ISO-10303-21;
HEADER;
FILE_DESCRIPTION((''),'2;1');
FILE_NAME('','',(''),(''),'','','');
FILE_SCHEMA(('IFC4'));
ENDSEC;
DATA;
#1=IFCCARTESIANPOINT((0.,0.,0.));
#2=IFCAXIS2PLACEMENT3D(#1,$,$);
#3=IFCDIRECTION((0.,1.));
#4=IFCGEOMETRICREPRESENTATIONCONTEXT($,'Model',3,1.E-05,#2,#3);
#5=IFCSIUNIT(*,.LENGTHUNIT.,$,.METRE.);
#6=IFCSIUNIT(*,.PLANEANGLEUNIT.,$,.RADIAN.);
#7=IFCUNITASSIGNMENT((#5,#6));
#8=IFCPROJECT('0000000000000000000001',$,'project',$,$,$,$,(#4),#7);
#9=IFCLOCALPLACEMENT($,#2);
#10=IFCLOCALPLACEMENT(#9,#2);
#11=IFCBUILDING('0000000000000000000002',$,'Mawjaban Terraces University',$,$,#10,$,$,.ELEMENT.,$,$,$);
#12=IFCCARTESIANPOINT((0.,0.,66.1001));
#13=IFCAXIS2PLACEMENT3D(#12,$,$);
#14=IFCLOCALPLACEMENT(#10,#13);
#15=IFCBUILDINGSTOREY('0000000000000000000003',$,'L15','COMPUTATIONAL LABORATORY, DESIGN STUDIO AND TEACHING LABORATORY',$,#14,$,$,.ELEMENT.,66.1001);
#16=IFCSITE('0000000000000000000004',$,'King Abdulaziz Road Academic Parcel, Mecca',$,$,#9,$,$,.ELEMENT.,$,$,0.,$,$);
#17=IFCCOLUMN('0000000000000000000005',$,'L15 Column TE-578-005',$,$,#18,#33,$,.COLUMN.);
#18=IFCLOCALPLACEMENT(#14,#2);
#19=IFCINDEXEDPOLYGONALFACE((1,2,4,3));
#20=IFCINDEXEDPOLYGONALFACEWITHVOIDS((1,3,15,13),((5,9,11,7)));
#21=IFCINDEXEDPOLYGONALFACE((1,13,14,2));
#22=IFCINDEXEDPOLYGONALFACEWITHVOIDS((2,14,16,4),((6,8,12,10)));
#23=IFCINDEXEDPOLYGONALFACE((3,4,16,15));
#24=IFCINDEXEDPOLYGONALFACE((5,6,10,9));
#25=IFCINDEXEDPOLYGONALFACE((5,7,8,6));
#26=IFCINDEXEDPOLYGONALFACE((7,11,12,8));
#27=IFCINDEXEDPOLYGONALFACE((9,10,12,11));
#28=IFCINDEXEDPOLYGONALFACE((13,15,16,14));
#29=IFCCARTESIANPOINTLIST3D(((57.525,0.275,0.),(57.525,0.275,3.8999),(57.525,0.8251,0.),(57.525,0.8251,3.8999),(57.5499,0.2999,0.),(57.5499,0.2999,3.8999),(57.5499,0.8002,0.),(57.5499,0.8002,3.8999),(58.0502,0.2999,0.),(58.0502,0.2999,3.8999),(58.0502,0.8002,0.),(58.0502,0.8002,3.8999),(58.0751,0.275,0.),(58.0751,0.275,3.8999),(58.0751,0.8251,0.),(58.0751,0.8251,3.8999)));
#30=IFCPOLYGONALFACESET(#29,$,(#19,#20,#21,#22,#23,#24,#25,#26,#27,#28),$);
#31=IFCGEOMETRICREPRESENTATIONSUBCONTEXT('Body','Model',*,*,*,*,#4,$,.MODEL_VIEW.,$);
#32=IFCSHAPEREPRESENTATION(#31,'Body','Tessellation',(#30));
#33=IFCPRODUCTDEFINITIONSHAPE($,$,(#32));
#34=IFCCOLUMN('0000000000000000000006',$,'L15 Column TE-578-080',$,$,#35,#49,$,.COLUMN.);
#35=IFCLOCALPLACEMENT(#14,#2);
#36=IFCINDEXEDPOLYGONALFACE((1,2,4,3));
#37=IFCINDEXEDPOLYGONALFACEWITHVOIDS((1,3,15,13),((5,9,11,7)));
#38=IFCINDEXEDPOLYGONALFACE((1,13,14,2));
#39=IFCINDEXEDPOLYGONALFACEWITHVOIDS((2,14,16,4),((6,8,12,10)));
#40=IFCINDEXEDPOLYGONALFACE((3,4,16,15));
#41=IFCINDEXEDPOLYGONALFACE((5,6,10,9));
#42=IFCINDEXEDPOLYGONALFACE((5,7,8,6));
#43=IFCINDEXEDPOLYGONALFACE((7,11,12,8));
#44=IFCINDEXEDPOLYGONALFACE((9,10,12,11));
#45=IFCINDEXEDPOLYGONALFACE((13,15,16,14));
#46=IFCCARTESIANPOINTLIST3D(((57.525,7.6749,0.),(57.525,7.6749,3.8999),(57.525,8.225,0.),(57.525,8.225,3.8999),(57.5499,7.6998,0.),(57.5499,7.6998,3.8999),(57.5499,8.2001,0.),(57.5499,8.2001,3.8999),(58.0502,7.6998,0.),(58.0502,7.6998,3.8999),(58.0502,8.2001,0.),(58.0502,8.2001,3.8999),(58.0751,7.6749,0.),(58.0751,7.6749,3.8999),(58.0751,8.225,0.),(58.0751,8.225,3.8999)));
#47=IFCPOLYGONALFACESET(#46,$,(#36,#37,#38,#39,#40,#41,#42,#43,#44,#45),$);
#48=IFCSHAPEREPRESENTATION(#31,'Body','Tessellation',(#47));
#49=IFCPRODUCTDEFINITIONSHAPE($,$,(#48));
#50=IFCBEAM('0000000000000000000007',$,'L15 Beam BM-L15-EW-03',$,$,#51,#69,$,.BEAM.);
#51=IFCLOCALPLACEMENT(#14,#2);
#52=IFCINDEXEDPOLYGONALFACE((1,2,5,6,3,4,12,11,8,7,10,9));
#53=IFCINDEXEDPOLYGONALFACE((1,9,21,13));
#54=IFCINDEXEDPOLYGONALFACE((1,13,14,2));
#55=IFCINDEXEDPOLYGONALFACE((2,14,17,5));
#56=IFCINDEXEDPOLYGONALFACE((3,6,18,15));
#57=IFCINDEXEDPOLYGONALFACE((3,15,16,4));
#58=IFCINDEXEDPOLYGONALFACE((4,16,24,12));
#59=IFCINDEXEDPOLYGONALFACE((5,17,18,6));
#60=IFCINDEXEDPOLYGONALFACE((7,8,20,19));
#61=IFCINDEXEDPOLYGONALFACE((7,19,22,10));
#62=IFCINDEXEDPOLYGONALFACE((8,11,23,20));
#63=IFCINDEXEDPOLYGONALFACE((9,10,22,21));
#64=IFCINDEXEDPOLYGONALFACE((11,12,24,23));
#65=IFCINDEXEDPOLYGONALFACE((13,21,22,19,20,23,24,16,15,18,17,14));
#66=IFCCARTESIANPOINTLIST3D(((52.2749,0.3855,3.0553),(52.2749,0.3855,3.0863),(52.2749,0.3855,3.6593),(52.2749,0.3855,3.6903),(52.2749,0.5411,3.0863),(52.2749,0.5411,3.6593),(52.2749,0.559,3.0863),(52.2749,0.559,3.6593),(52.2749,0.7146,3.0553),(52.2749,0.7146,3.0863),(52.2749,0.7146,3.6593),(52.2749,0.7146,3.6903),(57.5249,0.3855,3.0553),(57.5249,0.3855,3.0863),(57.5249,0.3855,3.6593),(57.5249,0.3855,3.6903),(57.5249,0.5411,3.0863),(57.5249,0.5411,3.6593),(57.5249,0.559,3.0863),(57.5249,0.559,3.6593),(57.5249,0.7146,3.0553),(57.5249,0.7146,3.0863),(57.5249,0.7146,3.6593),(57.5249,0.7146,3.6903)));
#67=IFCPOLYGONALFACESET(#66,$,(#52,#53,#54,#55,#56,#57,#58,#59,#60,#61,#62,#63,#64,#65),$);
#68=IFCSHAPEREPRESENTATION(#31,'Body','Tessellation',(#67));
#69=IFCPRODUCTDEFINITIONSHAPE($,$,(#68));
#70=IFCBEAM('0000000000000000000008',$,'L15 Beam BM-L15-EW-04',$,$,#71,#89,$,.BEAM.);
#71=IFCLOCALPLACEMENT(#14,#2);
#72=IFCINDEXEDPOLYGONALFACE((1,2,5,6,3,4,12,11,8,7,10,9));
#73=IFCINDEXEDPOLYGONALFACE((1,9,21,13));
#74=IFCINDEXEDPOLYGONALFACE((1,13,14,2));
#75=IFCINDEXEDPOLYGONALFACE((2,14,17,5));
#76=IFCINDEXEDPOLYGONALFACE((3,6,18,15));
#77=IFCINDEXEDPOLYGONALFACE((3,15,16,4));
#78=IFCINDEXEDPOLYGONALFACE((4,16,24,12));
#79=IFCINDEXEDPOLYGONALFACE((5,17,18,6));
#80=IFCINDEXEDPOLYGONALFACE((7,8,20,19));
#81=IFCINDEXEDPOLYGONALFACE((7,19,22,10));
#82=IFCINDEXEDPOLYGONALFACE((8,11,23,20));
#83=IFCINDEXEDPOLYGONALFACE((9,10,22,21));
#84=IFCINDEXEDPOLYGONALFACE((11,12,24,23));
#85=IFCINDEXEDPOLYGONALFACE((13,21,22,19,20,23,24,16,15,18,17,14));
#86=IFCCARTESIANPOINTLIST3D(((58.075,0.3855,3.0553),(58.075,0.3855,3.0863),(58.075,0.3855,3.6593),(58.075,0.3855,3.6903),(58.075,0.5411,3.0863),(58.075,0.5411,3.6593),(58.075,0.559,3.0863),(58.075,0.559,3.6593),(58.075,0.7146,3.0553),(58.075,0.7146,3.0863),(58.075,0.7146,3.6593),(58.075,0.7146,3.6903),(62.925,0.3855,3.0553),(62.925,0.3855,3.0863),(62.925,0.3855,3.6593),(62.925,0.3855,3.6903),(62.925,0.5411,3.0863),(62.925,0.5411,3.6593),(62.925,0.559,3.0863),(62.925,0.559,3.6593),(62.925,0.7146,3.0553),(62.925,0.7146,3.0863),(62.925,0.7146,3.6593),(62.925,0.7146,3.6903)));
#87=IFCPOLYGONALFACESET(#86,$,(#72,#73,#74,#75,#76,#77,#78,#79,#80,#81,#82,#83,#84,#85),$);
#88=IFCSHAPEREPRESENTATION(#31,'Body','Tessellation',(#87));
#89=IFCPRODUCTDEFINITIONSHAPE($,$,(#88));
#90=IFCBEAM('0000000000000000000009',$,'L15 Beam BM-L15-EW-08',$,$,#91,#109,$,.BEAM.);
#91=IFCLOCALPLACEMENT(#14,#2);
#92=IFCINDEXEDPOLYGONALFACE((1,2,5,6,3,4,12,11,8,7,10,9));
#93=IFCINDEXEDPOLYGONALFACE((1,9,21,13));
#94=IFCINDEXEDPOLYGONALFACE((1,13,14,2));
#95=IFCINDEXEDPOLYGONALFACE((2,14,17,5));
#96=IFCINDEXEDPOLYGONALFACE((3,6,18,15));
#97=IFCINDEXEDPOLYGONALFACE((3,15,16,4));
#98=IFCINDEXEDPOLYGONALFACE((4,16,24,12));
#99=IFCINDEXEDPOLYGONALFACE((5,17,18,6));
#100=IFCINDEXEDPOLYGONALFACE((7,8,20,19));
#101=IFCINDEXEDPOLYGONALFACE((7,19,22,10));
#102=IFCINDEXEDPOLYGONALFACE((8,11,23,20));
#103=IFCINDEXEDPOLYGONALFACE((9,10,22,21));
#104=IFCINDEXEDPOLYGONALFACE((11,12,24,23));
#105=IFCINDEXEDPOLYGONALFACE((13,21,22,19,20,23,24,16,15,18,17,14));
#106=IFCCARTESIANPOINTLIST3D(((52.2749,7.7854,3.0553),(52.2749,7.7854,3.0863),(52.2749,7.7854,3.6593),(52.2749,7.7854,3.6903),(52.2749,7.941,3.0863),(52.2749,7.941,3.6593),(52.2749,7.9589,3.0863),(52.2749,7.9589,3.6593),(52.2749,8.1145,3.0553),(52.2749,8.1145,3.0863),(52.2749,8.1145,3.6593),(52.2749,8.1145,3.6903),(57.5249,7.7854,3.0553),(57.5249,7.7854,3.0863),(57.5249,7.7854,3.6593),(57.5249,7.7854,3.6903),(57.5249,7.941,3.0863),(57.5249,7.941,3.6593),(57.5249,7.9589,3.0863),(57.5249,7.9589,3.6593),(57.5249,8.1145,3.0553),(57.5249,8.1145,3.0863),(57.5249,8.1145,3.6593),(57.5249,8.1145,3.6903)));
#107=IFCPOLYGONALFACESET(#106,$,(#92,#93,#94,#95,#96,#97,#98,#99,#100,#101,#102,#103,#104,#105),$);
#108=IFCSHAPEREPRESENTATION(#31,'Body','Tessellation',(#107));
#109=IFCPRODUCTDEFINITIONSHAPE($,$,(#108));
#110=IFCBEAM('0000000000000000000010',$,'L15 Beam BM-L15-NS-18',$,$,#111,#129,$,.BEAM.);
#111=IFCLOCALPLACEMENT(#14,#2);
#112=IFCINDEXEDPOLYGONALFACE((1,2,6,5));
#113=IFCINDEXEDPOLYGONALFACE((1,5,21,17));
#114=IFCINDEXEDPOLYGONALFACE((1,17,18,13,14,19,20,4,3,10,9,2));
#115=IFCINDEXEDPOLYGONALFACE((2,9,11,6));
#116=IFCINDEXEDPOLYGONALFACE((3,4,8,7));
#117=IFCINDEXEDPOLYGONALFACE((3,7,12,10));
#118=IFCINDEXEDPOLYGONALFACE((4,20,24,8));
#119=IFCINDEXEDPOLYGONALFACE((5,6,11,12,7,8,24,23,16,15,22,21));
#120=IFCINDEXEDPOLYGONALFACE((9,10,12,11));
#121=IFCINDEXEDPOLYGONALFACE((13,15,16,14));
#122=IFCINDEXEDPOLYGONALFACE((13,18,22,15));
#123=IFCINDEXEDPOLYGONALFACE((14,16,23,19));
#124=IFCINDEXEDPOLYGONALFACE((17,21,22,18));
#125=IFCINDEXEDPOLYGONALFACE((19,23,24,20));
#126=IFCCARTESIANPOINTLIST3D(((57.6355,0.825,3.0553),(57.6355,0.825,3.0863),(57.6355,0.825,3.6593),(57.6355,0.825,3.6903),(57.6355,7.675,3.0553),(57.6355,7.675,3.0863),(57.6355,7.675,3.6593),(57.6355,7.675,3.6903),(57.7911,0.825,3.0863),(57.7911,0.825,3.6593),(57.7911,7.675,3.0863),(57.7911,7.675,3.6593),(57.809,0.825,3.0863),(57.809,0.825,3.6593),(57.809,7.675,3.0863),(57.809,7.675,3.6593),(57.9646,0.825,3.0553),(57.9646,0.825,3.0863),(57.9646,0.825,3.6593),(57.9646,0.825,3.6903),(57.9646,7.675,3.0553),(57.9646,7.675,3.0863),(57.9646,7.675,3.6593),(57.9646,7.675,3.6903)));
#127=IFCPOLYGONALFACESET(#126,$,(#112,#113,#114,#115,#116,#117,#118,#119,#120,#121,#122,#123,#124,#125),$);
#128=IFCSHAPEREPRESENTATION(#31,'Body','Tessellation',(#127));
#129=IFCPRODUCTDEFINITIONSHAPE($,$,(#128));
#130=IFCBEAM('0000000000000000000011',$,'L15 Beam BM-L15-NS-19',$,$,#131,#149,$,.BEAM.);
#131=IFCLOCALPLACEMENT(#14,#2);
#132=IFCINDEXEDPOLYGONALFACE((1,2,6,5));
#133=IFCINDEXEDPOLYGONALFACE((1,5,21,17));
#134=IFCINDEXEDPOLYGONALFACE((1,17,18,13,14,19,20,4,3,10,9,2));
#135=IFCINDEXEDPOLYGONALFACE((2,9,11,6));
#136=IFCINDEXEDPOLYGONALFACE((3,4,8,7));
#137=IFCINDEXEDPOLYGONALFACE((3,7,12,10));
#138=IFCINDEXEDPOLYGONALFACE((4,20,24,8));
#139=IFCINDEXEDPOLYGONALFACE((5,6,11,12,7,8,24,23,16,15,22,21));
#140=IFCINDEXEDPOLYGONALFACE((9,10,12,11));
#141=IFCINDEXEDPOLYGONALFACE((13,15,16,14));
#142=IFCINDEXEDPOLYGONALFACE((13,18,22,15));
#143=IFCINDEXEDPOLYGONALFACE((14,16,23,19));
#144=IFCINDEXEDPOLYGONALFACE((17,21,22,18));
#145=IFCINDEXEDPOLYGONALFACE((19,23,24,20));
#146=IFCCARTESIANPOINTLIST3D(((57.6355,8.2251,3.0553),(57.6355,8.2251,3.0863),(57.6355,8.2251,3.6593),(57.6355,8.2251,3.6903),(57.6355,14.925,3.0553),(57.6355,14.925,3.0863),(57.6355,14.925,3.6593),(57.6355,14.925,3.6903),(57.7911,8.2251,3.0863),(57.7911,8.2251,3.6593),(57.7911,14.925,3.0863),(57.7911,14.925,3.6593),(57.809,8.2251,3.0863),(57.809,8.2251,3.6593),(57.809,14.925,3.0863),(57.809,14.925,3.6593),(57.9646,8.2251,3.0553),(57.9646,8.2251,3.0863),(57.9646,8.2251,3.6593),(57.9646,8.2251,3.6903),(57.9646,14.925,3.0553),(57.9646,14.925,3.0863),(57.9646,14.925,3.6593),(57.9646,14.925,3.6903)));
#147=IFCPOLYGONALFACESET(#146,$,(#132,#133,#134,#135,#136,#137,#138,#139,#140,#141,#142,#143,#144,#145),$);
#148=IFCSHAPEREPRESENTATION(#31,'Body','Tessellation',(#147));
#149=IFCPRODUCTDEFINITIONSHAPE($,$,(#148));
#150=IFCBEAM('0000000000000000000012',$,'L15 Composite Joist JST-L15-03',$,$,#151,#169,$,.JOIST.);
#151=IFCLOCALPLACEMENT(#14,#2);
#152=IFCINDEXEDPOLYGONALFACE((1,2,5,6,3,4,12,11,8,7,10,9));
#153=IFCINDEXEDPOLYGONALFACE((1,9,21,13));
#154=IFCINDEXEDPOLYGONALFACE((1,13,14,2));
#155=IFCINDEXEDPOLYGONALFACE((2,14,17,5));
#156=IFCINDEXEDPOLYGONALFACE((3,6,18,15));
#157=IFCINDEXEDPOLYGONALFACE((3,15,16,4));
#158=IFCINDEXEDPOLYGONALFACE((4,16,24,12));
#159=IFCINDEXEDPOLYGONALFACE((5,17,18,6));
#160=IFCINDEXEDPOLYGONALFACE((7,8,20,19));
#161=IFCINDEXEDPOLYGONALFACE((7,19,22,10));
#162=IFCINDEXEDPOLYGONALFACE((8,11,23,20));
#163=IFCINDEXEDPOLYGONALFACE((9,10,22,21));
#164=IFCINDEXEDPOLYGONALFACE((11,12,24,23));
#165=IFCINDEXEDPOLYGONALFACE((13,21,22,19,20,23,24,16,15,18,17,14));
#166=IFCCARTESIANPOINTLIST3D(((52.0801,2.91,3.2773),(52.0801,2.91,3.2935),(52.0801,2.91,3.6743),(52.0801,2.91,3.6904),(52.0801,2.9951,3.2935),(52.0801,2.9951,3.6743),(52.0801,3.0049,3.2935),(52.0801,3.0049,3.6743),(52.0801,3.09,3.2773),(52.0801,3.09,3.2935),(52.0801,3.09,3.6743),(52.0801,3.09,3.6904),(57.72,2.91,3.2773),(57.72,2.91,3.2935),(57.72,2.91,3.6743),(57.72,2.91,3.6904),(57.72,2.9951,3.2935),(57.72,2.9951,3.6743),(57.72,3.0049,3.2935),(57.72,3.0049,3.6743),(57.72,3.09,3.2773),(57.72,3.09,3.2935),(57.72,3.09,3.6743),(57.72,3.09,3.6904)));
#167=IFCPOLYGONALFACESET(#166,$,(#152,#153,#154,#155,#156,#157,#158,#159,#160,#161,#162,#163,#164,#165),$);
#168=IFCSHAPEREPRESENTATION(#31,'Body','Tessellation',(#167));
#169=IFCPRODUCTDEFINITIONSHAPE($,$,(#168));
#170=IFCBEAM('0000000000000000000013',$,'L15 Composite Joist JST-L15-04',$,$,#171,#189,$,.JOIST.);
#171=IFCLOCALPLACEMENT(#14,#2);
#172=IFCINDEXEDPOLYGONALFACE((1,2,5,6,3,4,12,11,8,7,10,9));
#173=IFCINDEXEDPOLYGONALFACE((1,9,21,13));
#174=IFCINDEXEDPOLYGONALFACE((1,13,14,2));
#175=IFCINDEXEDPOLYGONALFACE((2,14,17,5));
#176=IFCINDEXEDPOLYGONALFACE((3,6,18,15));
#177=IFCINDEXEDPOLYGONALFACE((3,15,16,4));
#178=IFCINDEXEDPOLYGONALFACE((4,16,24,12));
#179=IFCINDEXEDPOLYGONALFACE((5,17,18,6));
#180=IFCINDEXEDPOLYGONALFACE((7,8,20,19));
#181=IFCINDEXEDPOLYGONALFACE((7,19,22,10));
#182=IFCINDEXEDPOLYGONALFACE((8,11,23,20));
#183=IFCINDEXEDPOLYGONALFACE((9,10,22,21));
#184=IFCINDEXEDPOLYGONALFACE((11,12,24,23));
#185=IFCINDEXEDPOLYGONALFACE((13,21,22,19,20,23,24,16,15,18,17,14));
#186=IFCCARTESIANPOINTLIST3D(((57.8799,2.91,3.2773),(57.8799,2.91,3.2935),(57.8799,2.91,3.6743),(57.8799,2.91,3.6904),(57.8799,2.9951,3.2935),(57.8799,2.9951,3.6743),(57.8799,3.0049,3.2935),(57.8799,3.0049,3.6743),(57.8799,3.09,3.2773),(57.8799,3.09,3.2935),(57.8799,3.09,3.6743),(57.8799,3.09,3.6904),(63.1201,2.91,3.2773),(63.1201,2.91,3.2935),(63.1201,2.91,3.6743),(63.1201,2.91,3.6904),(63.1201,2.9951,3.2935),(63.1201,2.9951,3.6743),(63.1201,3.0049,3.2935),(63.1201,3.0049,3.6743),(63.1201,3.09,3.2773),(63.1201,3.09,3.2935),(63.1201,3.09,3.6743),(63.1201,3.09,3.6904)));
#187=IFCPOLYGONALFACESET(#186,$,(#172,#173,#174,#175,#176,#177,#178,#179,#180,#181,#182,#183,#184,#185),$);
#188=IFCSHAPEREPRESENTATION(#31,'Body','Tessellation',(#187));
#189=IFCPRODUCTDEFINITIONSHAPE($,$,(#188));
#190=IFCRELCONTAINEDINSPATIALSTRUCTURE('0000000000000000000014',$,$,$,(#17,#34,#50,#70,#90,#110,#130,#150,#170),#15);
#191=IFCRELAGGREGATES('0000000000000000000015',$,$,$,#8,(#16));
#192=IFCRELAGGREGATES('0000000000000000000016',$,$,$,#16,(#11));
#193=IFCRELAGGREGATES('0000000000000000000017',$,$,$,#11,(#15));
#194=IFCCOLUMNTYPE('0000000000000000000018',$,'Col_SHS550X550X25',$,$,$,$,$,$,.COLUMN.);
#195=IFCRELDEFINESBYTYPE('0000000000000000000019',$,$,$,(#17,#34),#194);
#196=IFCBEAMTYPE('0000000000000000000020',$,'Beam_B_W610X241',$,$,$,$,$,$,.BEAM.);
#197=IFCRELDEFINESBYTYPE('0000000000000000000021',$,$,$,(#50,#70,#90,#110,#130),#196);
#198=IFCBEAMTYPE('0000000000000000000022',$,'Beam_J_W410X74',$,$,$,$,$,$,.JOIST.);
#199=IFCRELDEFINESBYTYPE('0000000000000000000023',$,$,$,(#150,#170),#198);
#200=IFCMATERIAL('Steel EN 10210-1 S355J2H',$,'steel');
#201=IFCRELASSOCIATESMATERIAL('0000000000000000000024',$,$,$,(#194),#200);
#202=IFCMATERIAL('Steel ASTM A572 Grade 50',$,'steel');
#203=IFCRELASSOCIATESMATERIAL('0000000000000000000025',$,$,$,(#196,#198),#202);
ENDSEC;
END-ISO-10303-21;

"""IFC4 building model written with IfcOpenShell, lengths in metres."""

from ifc_helpers import new_model, si_unit, direction, frame, origin, origin_2d, place, context, subcontext, project, spatial, hollow_rectangle, i_section, extrude, material, material_profile, profile_set, type_object, element, save


model = new_model("IFC4")

# Units and contexts
model_context = context("Model", 3, precision=1e-05, world=origin(), true_north=direction((0.0, 1.0)))
body_context = subcontext(model_context, "Body", "Model", "MODEL_VIEW")
ifc_project = project(units=[si_unit("LENGTHUNIT", "METRE"), si_unit("PLANEANGLEUNIT", "RADIAN")], contexts=[model_context])

# Site, building, storey
site_placement = place(None, origin())
site = spatial("IfcSite", under=ifc_project, at=site_placement, Name="King Abdulaziz Road Academic Parcel, Mecca", CompositionType="ELEMENT", RefElevation=0.0)
building_placement = place(site_placement, origin())
building = spatial("IfcBuilding", under=site, at=building_placement, Name="Mawjaban Terraces University", CompositionType="ELEMENT")
storey_placement = place(building_placement, frame((0.0, 0.0, 66.1001)))
storey = spatial("IfcBuildingStorey", under=building, at=storey_placement, Name="L15", Description="COMPUTATIONAL LABORATORY, DESIGN STUDIO AND TEACHING LABORATORY", CompositionType="ELEMENT", Elevation=66.1001)

# Columns
ifc_material_1 = material(Name="Steel EN 10210-1 S355J2H", Category="steel")
ifc_material_profile_1 = material_profile(ifc_material_1, hollow_rectangle(XDim=0.55, YDim=0.55, WallThickness=0.0249, at=origin_2d()), Name="SHS550X550X25")
ifc_profile_set_1 = profile_set([ifc_material_profile_1], Name="Steel EN 10210-1 S355J2H")
column_type = type_object("IfcColumnType", Name="Col_SHS550X550X25", PredefinedType="COLUMN", material=ifc_profile_set_1)
for number, where, z_axis, x_axis, name in (
    (1, (57.8, 0.55, 0.0), (0.0, 0.0, 1.0), (1.0, 0.0, 0.0), "L15 Column TE-578-005"),
    (2, (57.8, 7.95, 0.0), (0.0, 0.0, 1.0), (1.0, 0.0, 0.0), "L15 Column TE-578-080"),
):
    element("IfcColumn", number, at=place(storey_placement, frame(where, z_axis=z_axis, x_axis=x_axis)), inside=storey, type_object=column_type, Name=name, PredefinedType="COLUMN", context=body_context, shape_type="SweptSolid", body=[
        extrude(hollow_rectangle(XDim=0.55, YDim=0.55, WallThickness=0.0249, at=origin_2d()), origin(), (0.0, 0.0, 1.0), 3.8999),
    ])

# Beams
ifc_material_2 = material(Name="Steel ASTM A572 Grade 50", Category="steel")
ifc_material_profile_2 = material_profile(ifc_material_2, i_section(OverallWidth=0.3291, OverallDepth=0.635, WebThickness=0.0178, FlangeThickness=0.031, at=origin_2d()), Name="W610X241")
ifc_profile_set_2 = profile_set([ifc_material_profile_2], Name="Steel ASTM A572 Grade 50")
beam_type_1 = type_object("IfcBeamType", Name="Beam_B_W610X241", PredefinedType="BEAM", material=ifc_profile_set_2)
beam_1_placement = place(storey_placement, frame((52.2749, 0.55, 3.3728), z_axis=(1.0, 0.0, 0.0), x_axis=(0.0, 1.0, 0.0)))
element("IfcBeam", 3, at=beam_1_placement, inside=storey, type_object=beam_type_1, Name="L15 Beam BM-L15-EW-03", PredefinedType="BEAM", context=body_context, shape_type="SweptSolid", body=[
    extrude(i_section(OverallWidth=0.3291, OverallDepth=0.635, WebThickness=0.0178, FlangeThickness=0.031, at=origin_2d()), origin(), (0.0, 0.0, 1.0), 5.25),
])
beam_2_placement = place(storey_placement, frame((58.075, 0.55, 3.3728), z_axis=(1.0, 0.0, 0.0), x_axis=(0.0, 1.0, 0.0)))
element("IfcBeam", 4, at=beam_2_placement, inside=storey, type_object=beam_type_1, Name="L15 Beam BM-L15-EW-04", PredefinedType="BEAM", context=body_context, shape_type="SweptSolid", body=[
    extrude(i_section(OverallWidth=0.3291, OverallDepth=0.635, WebThickness=0.0178, FlangeThickness=0.031, at=origin_2d()), origin(), (0.0, 0.0, 1.0), 4.8501),
])
beam_3_placement = place(storey_placement, frame((52.2749, 7.95, 3.3728), z_axis=(1.0, 0.0, 0.0), x_axis=(0.0, 1.0, 0.0)))
element("IfcBeam", 5, at=beam_3_placement, inside=storey, type_object=beam_type_1, Name="L15 Beam BM-L15-EW-08", PredefinedType="BEAM", context=body_context, shape_type="SweptSolid", body=[
    extrude(i_section(OverallWidth=0.3291, OverallDepth=0.635, WebThickness=0.0178, FlangeThickness=0.031, at=origin_2d()), origin(), (0.0, 0.0, 1.0), 5.25),
])
beam_4_placement = place(storey_placement, frame((57.8, 0.825, 3.3728), z_axis=(0.0, 1.0, 0.0), x_axis=(-1.0, 0.0, 0.0)))
element("IfcBeam", 6, at=beam_4_placement, inside=storey, type_object=beam_type_1, Name="L15 Beam BM-L15-NS-18", PredefinedType="BEAM", context=body_context, shape_type="SweptSolid", body=[
    extrude(i_section(OverallWidth=0.3291, OverallDepth=0.635, WebThickness=0.0178, FlangeThickness=0.031, at=origin_2d()), origin(), (0.0, 0.0, 1.0), 6.8501),
])
beam_5_placement = place(storey_placement, frame((57.8, 8.2251, 3.3728), z_axis=(0.0, 1.0, 0.0), x_axis=(-1.0, 0.0, 0.0)))
element("IfcBeam", 7, at=beam_5_placement, inside=storey, type_object=beam_type_1, Name="L15 Beam BM-L15-NS-19", PredefinedType="BEAM", context=body_context, shape_type="SweptSolid", body=[
    extrude(i_section(OverallWidth=0.3291, OverallDepth=0.635, WebThickness=0.0178, FlangeThickness=0.031, at=origin_2d()), origin(), (0.0, 0.0, 1.0), 6.7),
])
ifc_material_profile_3 = material_profile(ifc_material_2, i_section(OverallWidth=0.1799, OverallDepth=0.4131, WebThickness=0.0098, FlangeThickness=0.0161, at=origin_2d()), Name="W410X74")
ifc_profile_set_3 = profile_set([ifc_material_profile_3], Name="Steel ASTM A572 Grade 50")
beam_type_2 = type_object("IfcBeamType", Name="Beam_J_W410X74", PredefinedType="JOIST", material=ifc_profile_set_3)
beam_6_placement = place(storey_placement, frame((52.0801, 3.0, 3.4839), z_axis=(1.0, 0.0, 0.0), x_axis=(0.0, 1.0, 0.0)))
element("IfcBeam", 8, at=beam_6_placement, inside=storey, type_object=beam_type_2, Name="L15 Composite Joist JST-L15-03", PredefinedType="JOIST", context=body_context, shape_type="SweptSolid", body=[
    extrude(i_section(OverallWidth=0.1799, OverallDepth=0.4131, WebThickness=0.0098, FlangeThickness=0.0161, at=origin_2d()), origin(), (0.0, 0.0, 1.0), 5.6399),
])
beam_7_placement = place(storey_placement, frame((57.8799, 3.0, 3.4839), z_axis=(1.0, 0.0, 0.0), x_axis=(0.0, 1.0, 0.0)))
element("IfcBeam", 9, at=beam_7_placement, inside=storey, type_object=beam_type_2, Name="L15 Composite Joist JST-L15-04", PredefinedType="JOIST", context=body_context, shape_type="SweptSolid", body=[
    extrude(i_section(OverallWidth=0.1799, OverallDepth=0.4131, WebThickness=0.0098, FlangeThickness=0.0161, at=origin_2d()), origin(), (0.0, 0.0, 1.0), 5.2402),
])

save(model, "model.ifc")
